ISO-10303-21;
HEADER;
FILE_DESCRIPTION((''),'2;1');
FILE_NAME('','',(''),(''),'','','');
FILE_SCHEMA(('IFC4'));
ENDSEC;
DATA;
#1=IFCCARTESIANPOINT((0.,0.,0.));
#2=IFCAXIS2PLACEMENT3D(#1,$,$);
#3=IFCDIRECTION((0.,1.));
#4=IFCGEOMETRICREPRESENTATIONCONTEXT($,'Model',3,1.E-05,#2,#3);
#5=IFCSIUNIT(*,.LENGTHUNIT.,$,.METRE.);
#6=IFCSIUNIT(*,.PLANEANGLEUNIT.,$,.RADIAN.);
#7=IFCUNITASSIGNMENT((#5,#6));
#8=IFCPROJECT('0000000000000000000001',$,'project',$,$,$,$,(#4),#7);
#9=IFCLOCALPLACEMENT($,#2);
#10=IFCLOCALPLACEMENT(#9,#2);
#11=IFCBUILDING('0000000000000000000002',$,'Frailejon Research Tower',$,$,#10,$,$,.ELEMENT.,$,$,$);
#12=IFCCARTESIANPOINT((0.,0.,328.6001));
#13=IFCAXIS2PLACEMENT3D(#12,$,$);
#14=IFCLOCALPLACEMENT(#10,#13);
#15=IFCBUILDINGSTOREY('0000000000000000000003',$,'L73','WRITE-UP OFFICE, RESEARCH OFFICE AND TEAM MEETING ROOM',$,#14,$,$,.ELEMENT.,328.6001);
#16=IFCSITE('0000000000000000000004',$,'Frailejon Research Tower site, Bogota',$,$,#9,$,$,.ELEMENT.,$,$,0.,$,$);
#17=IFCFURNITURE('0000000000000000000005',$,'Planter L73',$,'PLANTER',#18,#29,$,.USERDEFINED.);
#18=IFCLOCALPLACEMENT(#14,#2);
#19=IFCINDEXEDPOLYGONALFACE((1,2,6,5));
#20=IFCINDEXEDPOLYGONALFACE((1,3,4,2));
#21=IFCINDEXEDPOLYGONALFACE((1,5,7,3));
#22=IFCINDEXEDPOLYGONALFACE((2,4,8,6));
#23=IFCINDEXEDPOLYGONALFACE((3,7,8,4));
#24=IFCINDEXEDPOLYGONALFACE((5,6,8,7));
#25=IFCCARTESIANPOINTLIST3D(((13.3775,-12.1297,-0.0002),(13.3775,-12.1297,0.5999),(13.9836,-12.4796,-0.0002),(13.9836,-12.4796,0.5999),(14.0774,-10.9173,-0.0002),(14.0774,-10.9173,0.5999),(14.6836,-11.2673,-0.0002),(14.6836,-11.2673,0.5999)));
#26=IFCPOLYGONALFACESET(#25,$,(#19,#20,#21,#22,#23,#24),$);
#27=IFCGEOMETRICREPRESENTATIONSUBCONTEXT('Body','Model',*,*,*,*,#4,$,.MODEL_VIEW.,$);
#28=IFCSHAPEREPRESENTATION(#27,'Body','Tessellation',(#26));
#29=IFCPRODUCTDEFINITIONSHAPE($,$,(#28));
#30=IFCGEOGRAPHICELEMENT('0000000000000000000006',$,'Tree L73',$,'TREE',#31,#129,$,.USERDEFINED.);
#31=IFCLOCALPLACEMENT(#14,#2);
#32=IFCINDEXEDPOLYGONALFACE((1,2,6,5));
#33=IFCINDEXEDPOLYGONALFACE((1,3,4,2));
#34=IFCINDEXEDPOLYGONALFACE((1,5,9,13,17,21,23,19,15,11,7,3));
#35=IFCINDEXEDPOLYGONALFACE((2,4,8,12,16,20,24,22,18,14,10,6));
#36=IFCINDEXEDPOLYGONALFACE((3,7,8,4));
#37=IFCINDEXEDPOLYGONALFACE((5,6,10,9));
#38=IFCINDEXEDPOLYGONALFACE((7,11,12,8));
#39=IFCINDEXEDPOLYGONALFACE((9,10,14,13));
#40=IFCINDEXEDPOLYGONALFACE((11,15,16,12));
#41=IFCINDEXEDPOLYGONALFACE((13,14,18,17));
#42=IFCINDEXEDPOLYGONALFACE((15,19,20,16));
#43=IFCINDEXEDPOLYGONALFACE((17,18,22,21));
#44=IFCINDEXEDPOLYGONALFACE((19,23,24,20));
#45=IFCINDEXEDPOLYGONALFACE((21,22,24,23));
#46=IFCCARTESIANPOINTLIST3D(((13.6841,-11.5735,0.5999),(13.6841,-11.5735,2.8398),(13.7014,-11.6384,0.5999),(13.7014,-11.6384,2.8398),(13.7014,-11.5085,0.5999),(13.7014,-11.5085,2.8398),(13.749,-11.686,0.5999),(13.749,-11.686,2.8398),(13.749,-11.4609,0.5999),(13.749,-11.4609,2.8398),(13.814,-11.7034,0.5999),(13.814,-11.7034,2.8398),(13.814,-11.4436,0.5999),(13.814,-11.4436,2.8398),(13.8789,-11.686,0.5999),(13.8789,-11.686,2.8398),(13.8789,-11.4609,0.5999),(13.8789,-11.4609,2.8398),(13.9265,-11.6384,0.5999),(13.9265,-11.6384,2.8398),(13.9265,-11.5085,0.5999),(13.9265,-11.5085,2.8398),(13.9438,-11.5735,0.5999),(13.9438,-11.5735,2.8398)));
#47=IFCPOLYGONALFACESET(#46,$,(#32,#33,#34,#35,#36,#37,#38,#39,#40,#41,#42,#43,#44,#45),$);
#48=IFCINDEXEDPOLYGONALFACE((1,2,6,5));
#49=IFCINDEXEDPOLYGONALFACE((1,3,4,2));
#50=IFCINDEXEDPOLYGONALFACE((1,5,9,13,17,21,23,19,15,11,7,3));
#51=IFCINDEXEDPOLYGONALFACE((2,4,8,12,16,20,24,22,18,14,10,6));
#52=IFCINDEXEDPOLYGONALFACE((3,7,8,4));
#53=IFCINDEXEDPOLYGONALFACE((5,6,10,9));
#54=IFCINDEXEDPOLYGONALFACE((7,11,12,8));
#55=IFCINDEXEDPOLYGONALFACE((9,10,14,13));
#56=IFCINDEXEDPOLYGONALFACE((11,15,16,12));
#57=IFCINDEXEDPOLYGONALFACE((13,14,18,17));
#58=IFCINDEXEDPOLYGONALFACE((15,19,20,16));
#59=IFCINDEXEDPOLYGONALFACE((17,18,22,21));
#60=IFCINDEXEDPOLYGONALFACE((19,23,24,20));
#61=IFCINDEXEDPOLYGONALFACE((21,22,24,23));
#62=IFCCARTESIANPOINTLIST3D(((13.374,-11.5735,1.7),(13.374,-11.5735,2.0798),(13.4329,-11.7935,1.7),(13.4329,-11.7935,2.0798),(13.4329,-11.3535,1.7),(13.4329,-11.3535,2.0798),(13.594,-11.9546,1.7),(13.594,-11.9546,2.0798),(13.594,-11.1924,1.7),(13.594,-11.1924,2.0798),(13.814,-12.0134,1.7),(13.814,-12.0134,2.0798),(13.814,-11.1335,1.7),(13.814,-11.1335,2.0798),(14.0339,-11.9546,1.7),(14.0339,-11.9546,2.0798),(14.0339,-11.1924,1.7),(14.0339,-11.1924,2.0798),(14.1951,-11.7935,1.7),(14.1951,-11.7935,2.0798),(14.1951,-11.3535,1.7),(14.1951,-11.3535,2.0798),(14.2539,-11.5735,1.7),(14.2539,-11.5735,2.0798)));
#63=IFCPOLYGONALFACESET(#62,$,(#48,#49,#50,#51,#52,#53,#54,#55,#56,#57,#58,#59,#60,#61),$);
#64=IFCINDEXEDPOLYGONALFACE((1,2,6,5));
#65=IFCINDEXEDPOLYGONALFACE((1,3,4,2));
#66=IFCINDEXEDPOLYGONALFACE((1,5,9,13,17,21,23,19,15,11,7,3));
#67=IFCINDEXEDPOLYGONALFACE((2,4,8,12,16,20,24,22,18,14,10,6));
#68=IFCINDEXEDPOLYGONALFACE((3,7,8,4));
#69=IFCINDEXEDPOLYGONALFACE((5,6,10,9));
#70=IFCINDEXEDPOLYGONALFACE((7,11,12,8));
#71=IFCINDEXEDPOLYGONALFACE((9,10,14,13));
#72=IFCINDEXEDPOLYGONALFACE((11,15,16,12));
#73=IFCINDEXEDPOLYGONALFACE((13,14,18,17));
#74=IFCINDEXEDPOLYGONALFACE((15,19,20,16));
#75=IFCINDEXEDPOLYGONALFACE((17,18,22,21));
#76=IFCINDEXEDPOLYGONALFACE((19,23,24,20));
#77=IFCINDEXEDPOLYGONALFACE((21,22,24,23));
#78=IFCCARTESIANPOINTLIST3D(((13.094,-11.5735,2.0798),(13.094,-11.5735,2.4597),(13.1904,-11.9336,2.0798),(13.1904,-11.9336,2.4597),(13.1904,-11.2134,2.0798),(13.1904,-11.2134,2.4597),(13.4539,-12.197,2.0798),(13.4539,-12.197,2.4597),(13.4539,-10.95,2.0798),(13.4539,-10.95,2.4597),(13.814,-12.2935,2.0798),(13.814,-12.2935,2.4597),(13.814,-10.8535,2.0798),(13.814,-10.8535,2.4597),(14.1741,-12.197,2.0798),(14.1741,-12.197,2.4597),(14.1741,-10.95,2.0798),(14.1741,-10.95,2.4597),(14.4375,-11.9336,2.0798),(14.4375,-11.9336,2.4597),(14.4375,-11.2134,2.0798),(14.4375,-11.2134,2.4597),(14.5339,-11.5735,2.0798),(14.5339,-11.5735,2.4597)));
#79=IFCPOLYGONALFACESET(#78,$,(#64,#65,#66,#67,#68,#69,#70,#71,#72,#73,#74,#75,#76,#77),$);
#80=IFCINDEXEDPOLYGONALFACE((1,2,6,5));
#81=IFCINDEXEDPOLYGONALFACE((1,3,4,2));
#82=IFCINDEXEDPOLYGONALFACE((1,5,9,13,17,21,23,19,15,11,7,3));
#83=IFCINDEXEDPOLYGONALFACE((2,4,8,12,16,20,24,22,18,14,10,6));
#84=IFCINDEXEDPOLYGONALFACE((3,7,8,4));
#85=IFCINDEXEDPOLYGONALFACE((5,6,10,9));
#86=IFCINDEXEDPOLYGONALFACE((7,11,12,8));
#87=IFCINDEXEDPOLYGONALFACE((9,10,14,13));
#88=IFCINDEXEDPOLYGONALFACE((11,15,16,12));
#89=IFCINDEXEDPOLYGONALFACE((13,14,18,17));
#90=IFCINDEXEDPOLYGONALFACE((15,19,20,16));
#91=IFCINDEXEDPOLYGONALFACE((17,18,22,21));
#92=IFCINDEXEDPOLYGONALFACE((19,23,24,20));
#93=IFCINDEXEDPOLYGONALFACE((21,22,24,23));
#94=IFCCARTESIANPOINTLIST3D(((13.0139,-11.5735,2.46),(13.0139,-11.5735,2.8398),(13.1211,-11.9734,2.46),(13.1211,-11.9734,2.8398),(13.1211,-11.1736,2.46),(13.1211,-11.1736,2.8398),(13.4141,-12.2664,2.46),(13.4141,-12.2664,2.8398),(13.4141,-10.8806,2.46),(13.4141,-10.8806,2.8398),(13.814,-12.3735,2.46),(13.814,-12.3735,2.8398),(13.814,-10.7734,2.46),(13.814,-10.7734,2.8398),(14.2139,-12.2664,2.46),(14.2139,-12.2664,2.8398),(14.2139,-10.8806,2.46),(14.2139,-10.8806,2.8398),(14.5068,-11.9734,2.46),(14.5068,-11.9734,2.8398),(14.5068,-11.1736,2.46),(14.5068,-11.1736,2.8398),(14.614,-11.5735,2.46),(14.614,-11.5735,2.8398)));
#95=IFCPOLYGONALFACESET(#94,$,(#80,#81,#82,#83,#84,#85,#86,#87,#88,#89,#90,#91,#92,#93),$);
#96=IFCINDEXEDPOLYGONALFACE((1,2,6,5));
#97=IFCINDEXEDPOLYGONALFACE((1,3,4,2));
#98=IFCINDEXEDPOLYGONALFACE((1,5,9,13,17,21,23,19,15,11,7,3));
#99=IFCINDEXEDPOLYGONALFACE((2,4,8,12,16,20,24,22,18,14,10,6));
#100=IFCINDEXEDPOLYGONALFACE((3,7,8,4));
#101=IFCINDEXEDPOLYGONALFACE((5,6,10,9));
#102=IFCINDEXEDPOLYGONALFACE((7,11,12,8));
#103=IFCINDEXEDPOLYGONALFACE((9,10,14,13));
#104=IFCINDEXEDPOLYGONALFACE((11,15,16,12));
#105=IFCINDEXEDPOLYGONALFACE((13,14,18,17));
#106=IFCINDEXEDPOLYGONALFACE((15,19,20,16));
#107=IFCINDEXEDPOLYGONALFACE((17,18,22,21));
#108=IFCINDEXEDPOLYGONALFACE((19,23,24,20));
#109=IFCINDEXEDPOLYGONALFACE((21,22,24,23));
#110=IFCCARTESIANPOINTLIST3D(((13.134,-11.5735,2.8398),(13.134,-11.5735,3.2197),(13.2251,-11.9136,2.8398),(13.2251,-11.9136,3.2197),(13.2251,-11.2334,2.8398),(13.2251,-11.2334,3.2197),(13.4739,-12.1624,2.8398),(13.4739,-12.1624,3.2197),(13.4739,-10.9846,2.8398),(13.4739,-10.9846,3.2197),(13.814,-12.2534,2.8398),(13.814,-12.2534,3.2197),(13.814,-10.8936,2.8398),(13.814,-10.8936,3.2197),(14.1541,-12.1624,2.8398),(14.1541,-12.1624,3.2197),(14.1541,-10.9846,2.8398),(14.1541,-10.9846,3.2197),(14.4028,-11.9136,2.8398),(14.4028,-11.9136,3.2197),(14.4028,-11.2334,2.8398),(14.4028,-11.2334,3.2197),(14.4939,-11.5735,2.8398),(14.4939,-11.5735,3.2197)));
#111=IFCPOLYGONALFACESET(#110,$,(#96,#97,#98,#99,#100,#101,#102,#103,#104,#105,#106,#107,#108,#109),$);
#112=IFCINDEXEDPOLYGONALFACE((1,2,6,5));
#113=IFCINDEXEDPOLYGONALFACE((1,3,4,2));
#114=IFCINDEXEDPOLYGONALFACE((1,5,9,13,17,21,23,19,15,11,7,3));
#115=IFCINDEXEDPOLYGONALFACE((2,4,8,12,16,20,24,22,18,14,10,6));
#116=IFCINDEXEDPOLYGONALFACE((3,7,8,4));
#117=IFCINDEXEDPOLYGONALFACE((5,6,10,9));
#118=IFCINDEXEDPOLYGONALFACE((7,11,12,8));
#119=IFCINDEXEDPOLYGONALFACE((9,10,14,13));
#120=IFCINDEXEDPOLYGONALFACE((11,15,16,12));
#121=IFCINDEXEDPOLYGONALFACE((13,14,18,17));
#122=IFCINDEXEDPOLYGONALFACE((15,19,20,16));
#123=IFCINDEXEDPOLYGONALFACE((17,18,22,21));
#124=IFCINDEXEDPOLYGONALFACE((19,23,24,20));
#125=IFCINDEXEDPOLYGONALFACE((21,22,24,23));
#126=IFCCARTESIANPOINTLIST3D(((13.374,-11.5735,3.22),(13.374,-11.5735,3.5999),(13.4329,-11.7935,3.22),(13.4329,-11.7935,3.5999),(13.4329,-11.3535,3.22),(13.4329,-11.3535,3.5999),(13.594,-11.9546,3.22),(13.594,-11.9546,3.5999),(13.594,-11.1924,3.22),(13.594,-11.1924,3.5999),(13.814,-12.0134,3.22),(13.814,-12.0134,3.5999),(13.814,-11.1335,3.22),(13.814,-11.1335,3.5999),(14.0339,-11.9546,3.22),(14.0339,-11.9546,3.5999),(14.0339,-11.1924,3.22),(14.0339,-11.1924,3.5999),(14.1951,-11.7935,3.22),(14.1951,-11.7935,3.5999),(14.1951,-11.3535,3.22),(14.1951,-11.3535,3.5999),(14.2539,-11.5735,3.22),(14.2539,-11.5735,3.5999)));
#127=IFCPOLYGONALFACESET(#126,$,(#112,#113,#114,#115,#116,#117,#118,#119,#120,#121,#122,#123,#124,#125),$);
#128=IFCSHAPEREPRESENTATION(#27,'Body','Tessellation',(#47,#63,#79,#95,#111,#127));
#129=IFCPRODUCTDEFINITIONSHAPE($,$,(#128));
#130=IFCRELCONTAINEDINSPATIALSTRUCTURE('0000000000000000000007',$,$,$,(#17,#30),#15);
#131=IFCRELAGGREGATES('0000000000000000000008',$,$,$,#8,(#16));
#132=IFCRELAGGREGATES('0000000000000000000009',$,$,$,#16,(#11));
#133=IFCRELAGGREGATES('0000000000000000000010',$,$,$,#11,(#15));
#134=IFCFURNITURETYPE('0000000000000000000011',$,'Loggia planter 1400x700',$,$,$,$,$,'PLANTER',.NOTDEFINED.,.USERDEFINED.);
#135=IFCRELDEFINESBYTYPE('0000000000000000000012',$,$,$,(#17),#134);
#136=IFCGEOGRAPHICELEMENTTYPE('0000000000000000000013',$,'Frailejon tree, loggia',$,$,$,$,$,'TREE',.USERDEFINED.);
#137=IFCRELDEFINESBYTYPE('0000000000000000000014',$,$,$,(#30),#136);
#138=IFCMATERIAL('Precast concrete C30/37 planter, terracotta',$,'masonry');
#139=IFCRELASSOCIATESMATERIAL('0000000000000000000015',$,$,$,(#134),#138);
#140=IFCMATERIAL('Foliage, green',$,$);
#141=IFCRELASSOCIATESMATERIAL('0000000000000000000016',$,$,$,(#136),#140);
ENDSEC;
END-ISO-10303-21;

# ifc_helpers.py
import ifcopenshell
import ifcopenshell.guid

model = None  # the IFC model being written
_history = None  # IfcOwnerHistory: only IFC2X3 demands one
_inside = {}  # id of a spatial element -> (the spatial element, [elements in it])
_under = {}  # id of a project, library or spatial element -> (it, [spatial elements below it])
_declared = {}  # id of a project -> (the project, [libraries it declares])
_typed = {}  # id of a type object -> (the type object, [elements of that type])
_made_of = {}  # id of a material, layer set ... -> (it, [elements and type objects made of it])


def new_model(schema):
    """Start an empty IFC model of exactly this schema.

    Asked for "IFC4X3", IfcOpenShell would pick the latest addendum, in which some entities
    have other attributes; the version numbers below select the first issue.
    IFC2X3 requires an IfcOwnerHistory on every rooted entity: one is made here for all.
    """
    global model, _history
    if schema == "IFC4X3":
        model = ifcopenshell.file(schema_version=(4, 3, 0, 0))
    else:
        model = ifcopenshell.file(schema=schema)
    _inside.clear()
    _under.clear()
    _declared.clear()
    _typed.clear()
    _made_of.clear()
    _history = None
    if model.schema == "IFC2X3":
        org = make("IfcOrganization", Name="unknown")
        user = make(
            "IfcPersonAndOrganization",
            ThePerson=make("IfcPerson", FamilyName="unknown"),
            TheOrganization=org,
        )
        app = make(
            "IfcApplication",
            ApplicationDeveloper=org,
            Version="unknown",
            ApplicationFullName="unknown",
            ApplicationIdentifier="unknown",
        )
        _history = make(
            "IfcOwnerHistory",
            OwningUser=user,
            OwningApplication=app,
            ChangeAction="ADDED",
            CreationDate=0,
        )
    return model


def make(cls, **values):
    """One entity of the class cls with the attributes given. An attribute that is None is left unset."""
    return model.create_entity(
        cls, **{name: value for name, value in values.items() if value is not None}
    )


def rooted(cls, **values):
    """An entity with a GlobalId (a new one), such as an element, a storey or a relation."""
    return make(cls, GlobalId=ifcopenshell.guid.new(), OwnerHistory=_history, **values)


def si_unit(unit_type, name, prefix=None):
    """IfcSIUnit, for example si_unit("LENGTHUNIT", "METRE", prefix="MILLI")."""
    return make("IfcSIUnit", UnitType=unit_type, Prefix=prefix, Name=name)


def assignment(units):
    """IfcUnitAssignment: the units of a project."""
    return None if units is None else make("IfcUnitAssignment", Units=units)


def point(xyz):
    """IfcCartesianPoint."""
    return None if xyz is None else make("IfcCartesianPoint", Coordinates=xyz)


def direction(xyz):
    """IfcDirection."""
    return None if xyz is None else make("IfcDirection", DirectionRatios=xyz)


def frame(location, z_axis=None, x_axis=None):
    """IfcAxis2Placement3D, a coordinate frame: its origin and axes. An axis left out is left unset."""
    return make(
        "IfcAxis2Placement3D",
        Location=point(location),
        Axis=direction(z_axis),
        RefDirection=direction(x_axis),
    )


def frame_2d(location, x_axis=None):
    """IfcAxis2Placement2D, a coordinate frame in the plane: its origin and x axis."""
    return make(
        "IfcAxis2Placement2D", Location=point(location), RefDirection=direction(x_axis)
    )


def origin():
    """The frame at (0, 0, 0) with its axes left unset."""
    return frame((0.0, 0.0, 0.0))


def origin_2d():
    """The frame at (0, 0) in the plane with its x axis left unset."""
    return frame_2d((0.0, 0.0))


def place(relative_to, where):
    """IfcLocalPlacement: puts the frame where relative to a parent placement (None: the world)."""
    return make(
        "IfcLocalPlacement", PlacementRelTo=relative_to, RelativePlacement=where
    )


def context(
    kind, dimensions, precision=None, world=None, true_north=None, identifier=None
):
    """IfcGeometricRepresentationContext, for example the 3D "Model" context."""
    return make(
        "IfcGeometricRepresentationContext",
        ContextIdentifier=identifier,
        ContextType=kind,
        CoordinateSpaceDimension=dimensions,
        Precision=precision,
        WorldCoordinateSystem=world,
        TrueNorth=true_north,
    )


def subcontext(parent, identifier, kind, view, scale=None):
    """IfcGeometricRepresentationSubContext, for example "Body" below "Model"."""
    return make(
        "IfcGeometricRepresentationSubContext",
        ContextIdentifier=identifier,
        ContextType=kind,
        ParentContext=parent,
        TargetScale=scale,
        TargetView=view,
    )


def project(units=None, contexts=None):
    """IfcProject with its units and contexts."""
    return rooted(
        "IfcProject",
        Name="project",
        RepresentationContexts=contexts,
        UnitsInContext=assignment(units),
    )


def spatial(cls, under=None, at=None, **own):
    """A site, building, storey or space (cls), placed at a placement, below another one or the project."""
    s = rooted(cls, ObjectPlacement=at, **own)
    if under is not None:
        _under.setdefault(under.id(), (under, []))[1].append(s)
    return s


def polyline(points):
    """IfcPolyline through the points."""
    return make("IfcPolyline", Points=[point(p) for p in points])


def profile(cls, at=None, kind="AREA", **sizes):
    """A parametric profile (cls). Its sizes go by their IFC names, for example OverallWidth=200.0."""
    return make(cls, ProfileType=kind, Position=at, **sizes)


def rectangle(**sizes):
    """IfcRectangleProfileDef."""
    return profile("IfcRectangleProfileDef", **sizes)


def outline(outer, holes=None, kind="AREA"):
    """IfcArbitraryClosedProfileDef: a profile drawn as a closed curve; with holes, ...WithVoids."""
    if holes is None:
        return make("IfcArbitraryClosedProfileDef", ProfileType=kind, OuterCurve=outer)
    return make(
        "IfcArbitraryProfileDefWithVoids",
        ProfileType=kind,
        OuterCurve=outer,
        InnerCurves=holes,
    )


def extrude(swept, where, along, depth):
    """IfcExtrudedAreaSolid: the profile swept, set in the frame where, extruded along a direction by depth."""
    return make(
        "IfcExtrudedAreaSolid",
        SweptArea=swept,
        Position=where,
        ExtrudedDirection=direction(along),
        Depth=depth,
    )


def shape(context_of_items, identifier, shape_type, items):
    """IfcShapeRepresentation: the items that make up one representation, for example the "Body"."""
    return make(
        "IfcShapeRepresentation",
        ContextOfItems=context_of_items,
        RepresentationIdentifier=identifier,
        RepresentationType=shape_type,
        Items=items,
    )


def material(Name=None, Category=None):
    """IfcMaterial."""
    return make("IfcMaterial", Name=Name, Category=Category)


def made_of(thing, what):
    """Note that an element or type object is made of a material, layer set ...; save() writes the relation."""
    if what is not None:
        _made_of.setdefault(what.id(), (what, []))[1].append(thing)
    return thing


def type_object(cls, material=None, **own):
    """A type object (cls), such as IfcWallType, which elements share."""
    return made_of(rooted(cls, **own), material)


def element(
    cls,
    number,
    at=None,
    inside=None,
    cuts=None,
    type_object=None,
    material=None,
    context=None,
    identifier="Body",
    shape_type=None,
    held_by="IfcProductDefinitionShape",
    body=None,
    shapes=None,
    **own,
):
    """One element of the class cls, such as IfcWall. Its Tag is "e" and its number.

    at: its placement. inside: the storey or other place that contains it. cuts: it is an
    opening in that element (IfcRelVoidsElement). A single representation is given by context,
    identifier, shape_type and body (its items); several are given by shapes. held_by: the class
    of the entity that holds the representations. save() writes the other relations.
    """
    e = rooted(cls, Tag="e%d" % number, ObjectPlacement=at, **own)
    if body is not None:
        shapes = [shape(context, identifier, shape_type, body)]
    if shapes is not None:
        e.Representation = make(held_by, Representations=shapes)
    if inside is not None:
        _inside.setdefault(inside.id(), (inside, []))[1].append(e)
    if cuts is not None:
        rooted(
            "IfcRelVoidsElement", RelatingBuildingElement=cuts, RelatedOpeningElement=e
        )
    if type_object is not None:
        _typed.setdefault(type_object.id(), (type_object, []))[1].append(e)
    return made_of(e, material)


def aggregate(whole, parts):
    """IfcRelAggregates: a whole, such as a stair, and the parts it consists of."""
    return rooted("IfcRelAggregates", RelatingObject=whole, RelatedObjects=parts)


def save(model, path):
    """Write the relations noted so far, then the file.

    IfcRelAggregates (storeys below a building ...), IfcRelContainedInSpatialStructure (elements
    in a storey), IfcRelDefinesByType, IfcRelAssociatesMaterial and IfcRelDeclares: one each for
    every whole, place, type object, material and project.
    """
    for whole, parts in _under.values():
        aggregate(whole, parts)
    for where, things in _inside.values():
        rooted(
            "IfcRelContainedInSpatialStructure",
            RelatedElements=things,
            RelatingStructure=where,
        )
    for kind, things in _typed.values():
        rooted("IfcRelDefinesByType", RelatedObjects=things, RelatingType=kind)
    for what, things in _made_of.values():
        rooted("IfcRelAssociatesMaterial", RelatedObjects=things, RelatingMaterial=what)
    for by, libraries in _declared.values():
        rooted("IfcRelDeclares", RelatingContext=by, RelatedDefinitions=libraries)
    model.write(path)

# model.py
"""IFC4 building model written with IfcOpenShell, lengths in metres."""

from ifc_helpers import new_model, si_unit, direction, frame, origin, origin_2d, place, context, subcontext, project, spatial, polyline, rectangle, outline, extrude, material, type_object, element, save


model = new_model("IFC4")

# Units and contexts
model_context = context("Model", 3, precision=1e-05, world=origin(), true_north=direction((0.0, 1.0)))
body_context = subcontext(model_context, "Body", "Model", "MODEL_VIEW")
ifc_project = project(units=[si_unit("LENGTHUNIT", "METRE"), si_unit("PLANEANGLEUNIT", "RADIAN")], contexts=[model_context])

# Site, building, storey
site_placement = place(None, origin())
site = spatial("IfcSite", under=ifc_project, at=site_placement, Name="Frailejon Research Tower site, Bogota", CompositionType="ELEMENT", RefElevation=0.0)
building_placement = place(site_placement, origin())
building = spatial("IfcBuilding", under=site, at=building_placement, Name="Frailejon Research Tower", CompositionType="ELEMENT")
storey_placement = place(building_placement, frame((0.0, 0.0, 328.6001)))
storey = spatial("IfcBuildingStorey", under=building, at=storey_placement, Name="L73", Description="WRITE-UP OFFICE, RESEARCH OFFICE AND TEAM MEETING ROOM", CompositionType="ELEMENT", Elevation=328.6001)

# Furniture
ifc_material_1 = material(Name="Precast concrete C30/37 planter, terracotta", Category="masonry")
furniture_type = type_object("IfcFurnitureType", Name="Loggia planter 1400x700", ElementType="PLANTER", AssemblyPlace="NOTDEFINED", PredefinedType="USERDEFINED", material=ifc_material_1)
furniture_placement = place(storey_placement, frame((14.0305, -11.6985, -0.0002), z_axis=(0.0, 0.0, 1.0), x_axis=(0.5, 0.866025, 0.0)))
element("IfcFurniture", 1, at=furniture_placement, inside=storey, type_object=furniture_type, Name="Planter L73", ObjectType="PLANTER", PredefinedType="USERDEFINED", context=body_context, shape_type="SweptSolid", body=[
    extrude(rectangle(XDim=1.3999, YDim=0.7, at=origin_2d()), origin(), (0.0, 0.0, 1.0), 0.6001),
])

# Geographic element
ifc_material_2 = material(Name="Foliage, green")
geographic_element_type = type_object("IfcGeographicElementType", Name="Frailejon tree, loggia", ElementType="TREE", PredefinedType="USERDEFINED", material=ifc_material_2)
geographic_element_placement = place(storey_placement, frame((13.814, -11.5735, 0.5999)))
element("IfcGeographicElement", 2, at=geographic_element_placement, inside=storey, type_object=geographic_element_type, Name="Tree L73", ObjectType="TREE", PredefinedType="USERDEFINED", context=body_context, shape_type="SweptSolid", body=[
    extrude(outline(polyline([(0.1299, 0.0), (0.1125, 0.0649), (0.0649, 0.1125), (0.0, 0.1299), (-0.0649, 0.1125), (-0.1125, 0.0649), (-0.1299, 0.0), (-0.1125, -0.0649), (-0.0649, -0.1125), (0.0, -0.1299), (0.0649, -0.1125), (0.1125, -0.0649), (0.1299, 0.0)])), origin(), (0.0, 0.0, 1.0), 2.24),
    extrude(outline(polyline([(0.4399, 0.0), (0.3811, 0.22), (0.22, 0.3811), (0.0, 0.4399), (-0.22, 0.3811), (-0.3811, 0.22), (-0.4399, 0.0), (-0.3811, -0.22), (-0.22, -0.3811), (0.0, -0.4399), (0.22, -0.3811), (0.3811, -0.22), (0.4399, 0.0)])), frame((0.0, 0.0, 1.1001)), (0.0, 0.0, 1.0), 0.3799),
    extrude(outline(polyline([(0.72, 0.0), (0.6235, 0.3601), (0.3601, 0.6235), (0.0, 0.72), (-0.3601, 0.6235), (-0.6235, 0.3601), (-0.72, 0.0), (-0.6235, -0.3601), (-0.3601, -0.6235), (0.0, -0.72), (0.3601, -0.6235), (0.6235, -0.3601), (0.72, 0.0)])), frame((0.0, 0.0, 1.48)), (0.0, 0.0, 1.0), 0.3799),
    extrude(outline(polyline([(0.8, 0.0), (0.6929, 0.3999), (0.3999, 0.6929), (0.0, 0.8), (-0.3999, 0.6929), (-0.6929, 0.3999), (-0.8, 0.0), (-0.6929, -0.3999), (-0.3999, -0.6929), (0.0, -0.8), (0.3999, -0.6929), (0.6929, -0.3999), (0.8, 0.0)])), frame((0.0, 0.0, 1.8601)), (0.0, 0.0, 1.0), 0.3799),
    extrude(outline(polyline([(0.6799, 0.0), (0.5889, 0.3401), (0.3401, 0.5889), (0.0, 0.6799), (-0.3401, 0.5889), (-0.5889, 0.3401), (-0.6799, 0.0), (-0.5889, -0.3401), (-0.3401, -0.5889), (0.0, -0.6799), (0.3401, -0.5889), (0.5889, -0.3401), (0.6799, 0.0)])), frame((0.0, 0.0, 2.24)), (0.0, 0.0, 1.0), 0.3799),
    extrude(outline(polyline([(0.4399, 0.0), (0.3811, 0.22), (0.22, 0.3811), (0.0, 0.4399), (-0.22, 0.3811), (-0.3811, 0.22), (-0.4399, 0.0), (-0.3811, -0.22), (-0.22, -0.3811), (0.0, -0.4399), (0.22, -0.3811), (0.3811, -0.22), (0.4399, 0.0)])), frame((0.0, 0.0, 2.6201)), (0.0, 0.0, 1.0), 0.3799),
])

save(model, "model.ifc")
